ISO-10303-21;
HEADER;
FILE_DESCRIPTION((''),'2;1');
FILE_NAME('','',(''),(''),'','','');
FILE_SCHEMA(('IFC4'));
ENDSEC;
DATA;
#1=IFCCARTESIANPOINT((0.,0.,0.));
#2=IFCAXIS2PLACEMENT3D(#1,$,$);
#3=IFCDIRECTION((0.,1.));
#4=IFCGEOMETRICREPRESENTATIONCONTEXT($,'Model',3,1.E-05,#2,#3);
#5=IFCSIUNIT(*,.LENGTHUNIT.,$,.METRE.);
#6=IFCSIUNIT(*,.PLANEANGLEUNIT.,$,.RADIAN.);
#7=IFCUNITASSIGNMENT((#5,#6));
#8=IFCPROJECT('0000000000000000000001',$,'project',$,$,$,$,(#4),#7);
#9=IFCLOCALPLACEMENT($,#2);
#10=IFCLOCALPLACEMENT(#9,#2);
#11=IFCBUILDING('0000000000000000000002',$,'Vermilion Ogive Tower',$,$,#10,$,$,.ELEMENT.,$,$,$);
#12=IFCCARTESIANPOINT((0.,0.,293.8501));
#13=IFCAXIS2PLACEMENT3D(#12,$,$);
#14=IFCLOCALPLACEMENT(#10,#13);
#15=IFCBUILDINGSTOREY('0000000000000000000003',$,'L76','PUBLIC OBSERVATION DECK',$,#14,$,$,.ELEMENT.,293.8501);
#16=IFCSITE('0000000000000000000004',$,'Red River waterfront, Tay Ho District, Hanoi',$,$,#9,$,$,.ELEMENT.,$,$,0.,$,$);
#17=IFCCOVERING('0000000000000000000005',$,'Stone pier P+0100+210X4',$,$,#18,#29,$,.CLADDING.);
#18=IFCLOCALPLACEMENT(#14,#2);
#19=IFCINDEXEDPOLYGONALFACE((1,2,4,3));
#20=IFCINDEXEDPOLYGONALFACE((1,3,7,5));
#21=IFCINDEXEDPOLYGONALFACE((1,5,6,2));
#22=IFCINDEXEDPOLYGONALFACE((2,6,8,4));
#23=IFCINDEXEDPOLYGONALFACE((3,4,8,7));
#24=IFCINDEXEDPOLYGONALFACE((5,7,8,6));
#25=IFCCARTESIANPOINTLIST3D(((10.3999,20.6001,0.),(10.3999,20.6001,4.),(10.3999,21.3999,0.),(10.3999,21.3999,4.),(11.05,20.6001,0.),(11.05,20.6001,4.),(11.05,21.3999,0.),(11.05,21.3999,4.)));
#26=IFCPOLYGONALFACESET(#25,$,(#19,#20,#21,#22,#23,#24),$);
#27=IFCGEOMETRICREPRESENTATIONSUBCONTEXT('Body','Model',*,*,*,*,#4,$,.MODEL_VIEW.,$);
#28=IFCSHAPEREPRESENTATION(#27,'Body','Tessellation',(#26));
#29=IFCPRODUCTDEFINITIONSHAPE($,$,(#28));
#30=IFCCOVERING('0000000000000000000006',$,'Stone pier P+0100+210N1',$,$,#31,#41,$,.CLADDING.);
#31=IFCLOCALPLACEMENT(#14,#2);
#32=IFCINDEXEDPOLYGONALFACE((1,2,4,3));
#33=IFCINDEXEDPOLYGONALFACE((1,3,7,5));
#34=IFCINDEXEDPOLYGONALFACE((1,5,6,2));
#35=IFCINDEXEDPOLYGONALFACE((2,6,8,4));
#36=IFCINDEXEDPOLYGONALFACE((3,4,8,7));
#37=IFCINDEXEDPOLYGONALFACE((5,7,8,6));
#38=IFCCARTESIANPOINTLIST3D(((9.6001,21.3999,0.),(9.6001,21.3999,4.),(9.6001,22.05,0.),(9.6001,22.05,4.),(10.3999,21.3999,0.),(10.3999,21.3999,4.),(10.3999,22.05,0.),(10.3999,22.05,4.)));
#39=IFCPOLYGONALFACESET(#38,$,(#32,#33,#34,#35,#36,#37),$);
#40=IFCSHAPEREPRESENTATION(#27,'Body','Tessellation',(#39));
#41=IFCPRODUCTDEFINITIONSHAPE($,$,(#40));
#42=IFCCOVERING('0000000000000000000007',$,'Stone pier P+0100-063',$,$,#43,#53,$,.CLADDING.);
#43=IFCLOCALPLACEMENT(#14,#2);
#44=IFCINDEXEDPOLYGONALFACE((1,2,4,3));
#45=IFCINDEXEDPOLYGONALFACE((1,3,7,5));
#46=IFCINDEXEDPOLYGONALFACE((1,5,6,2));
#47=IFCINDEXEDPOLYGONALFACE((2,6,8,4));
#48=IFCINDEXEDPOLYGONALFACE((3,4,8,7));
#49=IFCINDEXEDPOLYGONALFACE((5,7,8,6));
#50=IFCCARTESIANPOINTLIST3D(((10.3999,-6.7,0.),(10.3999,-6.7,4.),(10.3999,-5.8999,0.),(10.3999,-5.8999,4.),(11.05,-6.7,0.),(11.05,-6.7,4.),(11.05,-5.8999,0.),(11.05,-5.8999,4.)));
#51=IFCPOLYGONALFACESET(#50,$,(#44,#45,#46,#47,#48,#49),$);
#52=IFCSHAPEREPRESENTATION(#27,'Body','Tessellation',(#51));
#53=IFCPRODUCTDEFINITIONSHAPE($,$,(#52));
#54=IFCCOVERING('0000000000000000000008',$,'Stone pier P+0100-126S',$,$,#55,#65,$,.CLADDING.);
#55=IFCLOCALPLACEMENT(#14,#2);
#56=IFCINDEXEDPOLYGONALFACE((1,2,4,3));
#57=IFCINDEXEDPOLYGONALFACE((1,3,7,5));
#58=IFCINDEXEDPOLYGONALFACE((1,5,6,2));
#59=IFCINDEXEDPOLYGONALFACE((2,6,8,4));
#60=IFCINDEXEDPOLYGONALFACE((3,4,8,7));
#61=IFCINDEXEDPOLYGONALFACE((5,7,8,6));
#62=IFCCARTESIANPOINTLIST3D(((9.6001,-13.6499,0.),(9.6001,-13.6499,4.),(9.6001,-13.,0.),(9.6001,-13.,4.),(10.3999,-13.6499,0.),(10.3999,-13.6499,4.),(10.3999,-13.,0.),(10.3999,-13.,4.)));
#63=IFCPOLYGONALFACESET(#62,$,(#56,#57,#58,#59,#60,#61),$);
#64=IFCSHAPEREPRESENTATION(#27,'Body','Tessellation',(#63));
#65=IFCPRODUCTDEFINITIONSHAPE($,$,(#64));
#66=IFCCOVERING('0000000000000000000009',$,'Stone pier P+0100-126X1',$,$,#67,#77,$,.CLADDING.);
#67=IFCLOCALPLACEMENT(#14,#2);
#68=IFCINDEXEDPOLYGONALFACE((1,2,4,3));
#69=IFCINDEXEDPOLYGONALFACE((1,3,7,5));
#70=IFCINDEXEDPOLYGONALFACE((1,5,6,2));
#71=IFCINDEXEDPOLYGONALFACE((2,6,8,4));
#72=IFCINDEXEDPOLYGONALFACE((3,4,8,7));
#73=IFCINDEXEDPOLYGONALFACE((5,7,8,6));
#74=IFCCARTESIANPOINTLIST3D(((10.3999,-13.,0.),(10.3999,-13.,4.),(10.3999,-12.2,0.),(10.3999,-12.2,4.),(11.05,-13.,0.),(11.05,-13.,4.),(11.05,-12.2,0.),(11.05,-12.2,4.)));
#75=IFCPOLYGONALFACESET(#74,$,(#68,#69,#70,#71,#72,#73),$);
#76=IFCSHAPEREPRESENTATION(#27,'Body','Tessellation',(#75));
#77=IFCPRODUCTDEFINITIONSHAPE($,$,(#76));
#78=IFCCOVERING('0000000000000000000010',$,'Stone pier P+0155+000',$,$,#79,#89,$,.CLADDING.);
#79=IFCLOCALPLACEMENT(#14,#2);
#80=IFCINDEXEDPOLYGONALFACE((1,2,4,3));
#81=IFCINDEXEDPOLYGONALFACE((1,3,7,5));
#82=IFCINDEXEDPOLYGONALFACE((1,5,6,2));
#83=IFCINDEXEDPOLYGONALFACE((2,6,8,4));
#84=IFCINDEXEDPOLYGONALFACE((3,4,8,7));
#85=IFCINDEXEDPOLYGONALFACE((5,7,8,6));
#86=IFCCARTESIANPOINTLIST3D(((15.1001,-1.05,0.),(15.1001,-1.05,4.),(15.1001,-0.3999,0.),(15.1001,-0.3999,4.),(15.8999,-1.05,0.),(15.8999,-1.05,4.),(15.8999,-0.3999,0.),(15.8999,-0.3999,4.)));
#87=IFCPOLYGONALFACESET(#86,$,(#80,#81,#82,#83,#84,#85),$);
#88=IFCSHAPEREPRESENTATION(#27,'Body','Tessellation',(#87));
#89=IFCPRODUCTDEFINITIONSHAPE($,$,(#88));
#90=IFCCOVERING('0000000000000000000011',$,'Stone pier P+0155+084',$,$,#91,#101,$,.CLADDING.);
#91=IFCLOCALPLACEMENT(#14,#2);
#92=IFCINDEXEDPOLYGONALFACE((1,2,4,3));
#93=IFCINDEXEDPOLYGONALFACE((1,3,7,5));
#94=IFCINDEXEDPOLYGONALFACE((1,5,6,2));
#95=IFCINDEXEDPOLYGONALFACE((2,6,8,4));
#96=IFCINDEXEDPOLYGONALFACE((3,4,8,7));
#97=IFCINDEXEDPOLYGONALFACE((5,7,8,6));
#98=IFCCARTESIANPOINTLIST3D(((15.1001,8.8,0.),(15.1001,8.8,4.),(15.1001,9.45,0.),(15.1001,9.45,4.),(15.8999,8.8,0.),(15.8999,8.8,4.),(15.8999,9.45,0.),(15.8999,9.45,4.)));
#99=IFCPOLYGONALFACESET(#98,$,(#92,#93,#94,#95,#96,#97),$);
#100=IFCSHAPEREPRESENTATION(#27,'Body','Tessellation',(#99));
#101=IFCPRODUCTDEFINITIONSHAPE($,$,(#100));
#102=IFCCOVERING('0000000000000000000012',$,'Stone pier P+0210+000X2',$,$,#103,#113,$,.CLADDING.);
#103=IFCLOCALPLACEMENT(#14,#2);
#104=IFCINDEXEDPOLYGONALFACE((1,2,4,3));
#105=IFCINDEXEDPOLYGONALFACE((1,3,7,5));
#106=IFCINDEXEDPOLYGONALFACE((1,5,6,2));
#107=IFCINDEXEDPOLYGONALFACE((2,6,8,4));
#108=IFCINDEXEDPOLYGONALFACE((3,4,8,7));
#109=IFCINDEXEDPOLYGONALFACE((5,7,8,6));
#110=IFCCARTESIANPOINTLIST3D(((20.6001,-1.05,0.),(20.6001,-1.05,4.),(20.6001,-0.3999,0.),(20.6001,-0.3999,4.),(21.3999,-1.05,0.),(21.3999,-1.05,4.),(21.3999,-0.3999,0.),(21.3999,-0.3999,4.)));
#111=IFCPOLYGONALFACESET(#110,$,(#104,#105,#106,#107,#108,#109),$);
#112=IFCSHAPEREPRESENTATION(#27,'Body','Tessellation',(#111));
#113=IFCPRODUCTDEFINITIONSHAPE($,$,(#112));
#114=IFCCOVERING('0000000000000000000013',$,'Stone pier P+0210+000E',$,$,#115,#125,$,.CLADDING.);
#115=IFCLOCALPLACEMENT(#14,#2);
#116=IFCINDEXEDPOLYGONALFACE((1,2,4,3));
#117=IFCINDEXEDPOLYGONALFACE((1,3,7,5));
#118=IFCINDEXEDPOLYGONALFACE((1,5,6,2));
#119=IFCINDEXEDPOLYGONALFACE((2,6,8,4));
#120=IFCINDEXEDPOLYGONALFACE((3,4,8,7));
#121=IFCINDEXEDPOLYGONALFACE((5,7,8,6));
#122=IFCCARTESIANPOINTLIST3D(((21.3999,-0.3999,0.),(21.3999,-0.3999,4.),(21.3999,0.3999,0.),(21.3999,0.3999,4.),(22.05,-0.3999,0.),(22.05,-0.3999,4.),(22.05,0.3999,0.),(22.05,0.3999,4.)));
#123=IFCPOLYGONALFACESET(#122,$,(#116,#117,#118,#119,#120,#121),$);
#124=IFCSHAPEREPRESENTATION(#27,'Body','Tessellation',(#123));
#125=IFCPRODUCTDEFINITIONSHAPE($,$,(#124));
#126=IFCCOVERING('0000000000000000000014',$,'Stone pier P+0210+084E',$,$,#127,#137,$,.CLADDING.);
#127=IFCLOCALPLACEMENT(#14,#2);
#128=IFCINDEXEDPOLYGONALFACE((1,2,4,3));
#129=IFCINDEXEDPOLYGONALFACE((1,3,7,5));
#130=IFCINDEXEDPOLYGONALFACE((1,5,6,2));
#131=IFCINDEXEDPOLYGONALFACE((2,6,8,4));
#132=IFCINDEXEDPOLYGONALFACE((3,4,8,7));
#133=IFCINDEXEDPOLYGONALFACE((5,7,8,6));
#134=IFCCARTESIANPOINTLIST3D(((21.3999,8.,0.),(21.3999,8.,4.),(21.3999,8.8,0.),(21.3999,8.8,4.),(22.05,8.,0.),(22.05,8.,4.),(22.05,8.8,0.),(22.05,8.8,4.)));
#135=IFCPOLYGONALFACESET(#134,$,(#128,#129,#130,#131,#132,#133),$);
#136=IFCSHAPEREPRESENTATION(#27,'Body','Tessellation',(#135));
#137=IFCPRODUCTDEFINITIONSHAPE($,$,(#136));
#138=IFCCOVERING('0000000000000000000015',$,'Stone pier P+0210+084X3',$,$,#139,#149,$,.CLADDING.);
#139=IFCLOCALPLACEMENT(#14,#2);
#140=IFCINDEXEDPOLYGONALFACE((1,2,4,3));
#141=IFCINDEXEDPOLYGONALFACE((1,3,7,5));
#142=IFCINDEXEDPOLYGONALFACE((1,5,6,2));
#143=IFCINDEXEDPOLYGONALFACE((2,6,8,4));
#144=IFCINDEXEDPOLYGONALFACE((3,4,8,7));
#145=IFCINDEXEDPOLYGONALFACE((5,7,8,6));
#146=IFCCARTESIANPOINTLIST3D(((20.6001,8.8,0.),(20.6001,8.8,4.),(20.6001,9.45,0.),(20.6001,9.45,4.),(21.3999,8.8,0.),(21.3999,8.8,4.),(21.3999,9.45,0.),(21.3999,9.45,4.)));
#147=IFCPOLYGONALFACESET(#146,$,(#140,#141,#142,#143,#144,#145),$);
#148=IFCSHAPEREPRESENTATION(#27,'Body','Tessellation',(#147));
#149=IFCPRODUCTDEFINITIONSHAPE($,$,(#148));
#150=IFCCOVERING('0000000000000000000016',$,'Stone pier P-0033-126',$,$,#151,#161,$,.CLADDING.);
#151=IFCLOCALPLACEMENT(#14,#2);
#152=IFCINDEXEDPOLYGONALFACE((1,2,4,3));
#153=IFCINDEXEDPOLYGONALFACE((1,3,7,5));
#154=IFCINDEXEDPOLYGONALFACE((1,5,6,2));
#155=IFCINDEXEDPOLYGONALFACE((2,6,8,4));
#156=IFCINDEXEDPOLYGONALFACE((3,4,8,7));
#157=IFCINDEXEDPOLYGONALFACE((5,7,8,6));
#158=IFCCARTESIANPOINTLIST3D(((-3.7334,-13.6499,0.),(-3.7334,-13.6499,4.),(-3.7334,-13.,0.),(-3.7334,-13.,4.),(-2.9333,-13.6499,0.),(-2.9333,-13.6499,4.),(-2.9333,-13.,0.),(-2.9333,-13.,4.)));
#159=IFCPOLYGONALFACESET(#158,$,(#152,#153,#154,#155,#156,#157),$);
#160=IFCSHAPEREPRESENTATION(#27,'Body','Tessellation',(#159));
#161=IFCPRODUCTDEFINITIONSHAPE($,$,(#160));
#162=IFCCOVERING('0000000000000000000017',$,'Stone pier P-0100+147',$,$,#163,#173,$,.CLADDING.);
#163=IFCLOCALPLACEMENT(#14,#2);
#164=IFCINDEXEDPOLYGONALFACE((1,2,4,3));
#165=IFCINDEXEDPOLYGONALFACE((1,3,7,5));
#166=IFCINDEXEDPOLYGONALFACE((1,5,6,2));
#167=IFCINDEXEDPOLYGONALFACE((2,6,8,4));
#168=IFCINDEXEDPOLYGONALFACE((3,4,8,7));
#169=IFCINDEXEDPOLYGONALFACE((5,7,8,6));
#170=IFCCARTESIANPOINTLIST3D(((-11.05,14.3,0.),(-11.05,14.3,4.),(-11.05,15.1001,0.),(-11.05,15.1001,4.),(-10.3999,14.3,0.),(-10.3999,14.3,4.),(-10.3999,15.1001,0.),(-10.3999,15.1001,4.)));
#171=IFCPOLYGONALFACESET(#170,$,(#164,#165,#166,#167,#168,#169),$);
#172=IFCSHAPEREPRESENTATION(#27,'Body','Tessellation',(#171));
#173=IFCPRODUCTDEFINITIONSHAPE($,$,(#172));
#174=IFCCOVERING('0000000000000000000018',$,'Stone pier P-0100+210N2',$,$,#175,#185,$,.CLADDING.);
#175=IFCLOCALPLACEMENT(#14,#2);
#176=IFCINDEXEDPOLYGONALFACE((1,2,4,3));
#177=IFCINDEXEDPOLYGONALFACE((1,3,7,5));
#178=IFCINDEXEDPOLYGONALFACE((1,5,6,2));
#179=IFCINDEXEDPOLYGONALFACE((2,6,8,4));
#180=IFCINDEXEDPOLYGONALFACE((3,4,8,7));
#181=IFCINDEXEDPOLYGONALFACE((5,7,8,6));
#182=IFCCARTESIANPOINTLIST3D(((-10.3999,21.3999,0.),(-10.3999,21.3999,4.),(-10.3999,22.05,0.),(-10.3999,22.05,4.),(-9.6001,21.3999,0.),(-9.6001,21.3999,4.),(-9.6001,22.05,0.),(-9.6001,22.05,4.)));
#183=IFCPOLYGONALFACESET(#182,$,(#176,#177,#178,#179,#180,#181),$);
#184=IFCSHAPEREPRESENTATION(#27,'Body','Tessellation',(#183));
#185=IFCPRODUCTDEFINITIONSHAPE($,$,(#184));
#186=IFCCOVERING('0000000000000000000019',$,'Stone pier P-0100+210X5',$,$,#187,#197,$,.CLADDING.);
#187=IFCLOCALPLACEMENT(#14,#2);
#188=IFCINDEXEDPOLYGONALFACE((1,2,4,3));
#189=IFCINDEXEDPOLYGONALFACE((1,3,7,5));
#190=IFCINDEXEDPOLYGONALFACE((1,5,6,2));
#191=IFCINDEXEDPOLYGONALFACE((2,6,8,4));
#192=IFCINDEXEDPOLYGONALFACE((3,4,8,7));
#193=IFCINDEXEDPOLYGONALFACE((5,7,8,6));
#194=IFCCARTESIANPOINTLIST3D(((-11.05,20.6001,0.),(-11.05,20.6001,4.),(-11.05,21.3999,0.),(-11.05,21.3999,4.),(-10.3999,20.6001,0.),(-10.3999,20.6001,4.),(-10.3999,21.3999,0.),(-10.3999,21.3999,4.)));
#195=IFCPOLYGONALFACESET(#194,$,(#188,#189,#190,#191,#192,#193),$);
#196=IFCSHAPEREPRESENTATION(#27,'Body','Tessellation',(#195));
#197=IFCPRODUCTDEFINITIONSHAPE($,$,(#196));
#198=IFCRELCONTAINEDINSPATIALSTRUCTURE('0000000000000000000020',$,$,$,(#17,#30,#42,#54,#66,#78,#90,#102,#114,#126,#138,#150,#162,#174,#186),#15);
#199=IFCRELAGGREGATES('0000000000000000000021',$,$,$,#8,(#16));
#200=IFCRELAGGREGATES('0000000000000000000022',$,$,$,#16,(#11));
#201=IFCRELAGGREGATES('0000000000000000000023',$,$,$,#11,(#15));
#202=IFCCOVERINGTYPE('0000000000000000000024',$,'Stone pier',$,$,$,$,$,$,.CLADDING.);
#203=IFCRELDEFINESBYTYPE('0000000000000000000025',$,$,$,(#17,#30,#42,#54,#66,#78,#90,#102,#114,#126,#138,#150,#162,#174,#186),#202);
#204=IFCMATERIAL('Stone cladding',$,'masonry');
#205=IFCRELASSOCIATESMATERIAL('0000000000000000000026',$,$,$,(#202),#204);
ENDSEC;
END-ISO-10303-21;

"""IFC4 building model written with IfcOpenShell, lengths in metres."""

from ifc_helpers import new_model, si_unit, direction, frame, origin, place, context, subcontext, project, spatial, polyline, outline, extrude, material, type_object, element, save


model = new_model("IFC4")

# Units and contexts
model_context = context("Model", 3, precision=1e-05, world=origin(), true_north=direction((0.0, 1.0)))
body_context = subcontext(model_context, "Body", "Model", "MODEL_VIEW")
ifc_project = project(units=[si_unit("LENGTHUNIT", "METRE"), si_unit("PLANEANGLEUNIT", "RADIAN")], contexts=[model_context])

# Site, building, storey
site_placement = place(None, origin())
site = spatial("IfcSite", under=ifc_project, at=site_placement, Name="Red River waterfront, Tay Ho District, Hanoi", CompositionType="ELEMENT", RefElevation=0.0)
building_placement = place(site_placement, origin())
building = spatial("IfcBuilding", under=site, at=building_placement, Name="Vermilion Ogive Tower", CompositionType="ELEMENT")
storey_placement = place(building_placement, frame((0.0, 0.0, 293.8501)))
storey = spatial("IfcBuildingStorey", under=building, at=storey_placement, Name="L76", Description="PUBLIC OBSERVATION DECK", CompositionType="ELEMENT", Elevation=293.8501)

# Coverings
ifc_material_1 = material(Name="Stone cladding", Category="masonry")
covering_type = type_object("IfcCoveringType", Name="Stone pier", PredefinedType="CLADDING", material=ifc_material_1)
covering_1_placement = place(storey_placement, origin())
element("IfcCovering", 1, at=covering_1_placement, inside=storey, type_object=covering_type, Name="Stone pier P+0100+210X4", PredefinedType="CLADDING", context=body_context, shape_type="SweptSolid", body=[
    extrude(outline(polyline([(11.05, 21.3999), (11.05, 20.6001), (10.3999, 20.6001), (10.3999, 21.3999), (11.05, 21.3999)])), origin(), (0.0, 0.0, 1.0), 4.0),
])
covering_2_placement = place(storey_placement, origin())
element("IfcCovering", 2, at=covering_2_placement, inside=storey, type_object=covering_type, Name="Stone pier P+0100+210N1", PredefinedType="CLADDING", context=body_context, shape_type="SweptSolid", body=[
    extrude(outline(polyline([(10.3999, 22.05), (10.3999, 21.3999), (9.6001, 21.3999), (9.6001, 22.05), (10.3999, 22.05)])), origin(), (0.0, 0.0, 1.0), 4.0),
])
covering_3_placement = place(storey_placement, origin())
element("IfcCovering", 3, at=covering_3_placement, inside=storey, type_object=covering_type, Name="Stone pier P+0100-063", PredefinedType="CLADDING", context=body_context, shape_type="SweptSolid", body=[
    extrude(outline(polyline([(11.05, -5.8999), (11.05, -6.7), (10.3999, -6.7), (10.3999, -5.8999), (11.05, -5.8999)])), origin(), (0.0, 0.0, 1.0), 4.0),
])
covering_4_placement = place(storey_placement, origin())
element("IfcCovering", 4, at=covering_4_placement, inside=storey, type_object=covering_type, Name="Stone pier P+0100-126S", PredefinedType="CLADDING", context=body_context, shape_type="SweptSolid", body=[
    extrude(outline(polyline([(10.3999, -13.6499), (9.6001, -13.6499), (9.6001, -13.0), (10.3999, -13.0), (10.3999, -13.6499)])), origin(), (0.0, 0.0, 1.0), 4.0),
])
covering_5_placement = place(storey_placement, origin())
element("IfcCovering", 5, at=covering_5_placement, inside=storey, type_object=covering_type, Name="Stone pier P+0100-126X1", PredefinedType="CLADDING", context=body_context, shape_type="SweptSolid", body=[
    extrude(outline(polyline([(11.05, -13.0), (10.3999, -13.0), (10.3999, -12.2), (11.05, -12.2), (11.05, -13.0)])), origin(), (0.0, 0.0, 1.0), 4.0),
])
covering_6_placement = place(storey_placement, origin())
element("IfcCovering", 6, at=covering_6_placement, inside=storey, type_object=covering_type, Name="Stone pier P+0155+000", PredefinedType="CLADDING", context=body_context, shape_type="SweptSolid", body=[
    extrude(outline(polyline([(15.8999, -1.05), (15.1001, -1.05), (15.1001, -0.3999), (15.8999, -0.3999), (15.8999, -1.05)])), origin(), (0.0, 0.0, 1.0), 4.0),
])
covering_7_placement = place(storey_placement, origin())
element("IfcCovering", 7, at=covering_7_placement, inside=storey, type_object=covering_type, Name="Stone pier P+0155+084", PredefinedType="CLADDING", context=body_context, shape_type="SweptSolid", body=[
    extrude(outline(polyline([(15.1001, 9.45), (15.8999, 9.45), (15.8999, 8.8), (15.1001, 8.8), (15.1001, 9.45)])), origin(), (0.0, 0.0, 1.0), 4.0),
])
covering_8_placement = place(storey_placement, origin())
element("IfcCovering", 8, at=covering_8_placement, inside=storey, type_object=covering_type, Name="Stone pier P+0210+000X2", PredefinedType="CLADDING", context=body_context, shape_type="SweptSolid", body=[
    extrude(outline(polyline([(21.3999, -1.05), (20.6001, -1.05), (20.6001, -0.3999), (21.3999, -0.3999), (21.3999, -1.05)])), origin(), (0.0, 0.0, 1.0), 4.0),
])
covering_9_placement = place(storey_placement, origin())
element("IfcCovering", 9, at=covering_9_placement, inside=storey, type_object=covering_type, Name="Stone pier P+0210+000E", PredefinedType="CLADDING", context=body_context, shape_type="SweptSolid", body=[
    extrude(outline(polyline([(22.05, -0.3999), (21.3999, -0.3999), (21.3999, 0.3999), (22.05, 0.3999), (22.05, -0.3999)])), origin(), (0.0, 0.0, 1.0), 4.0),
])
covering_10_placement = place(storey_placement, origin())
element("IfcCovering", 10, at=covering_10_placement, inside=storey, type_object=covering_type, Name="Stone pier P+0210+084E", PredefinedType="CLADDING", context=body_context, shape_type="SweptSolid", body=[
    extrude(outline(polyline([(22.05, 8.8), (22.05, 8.0), (21.3999, 8.0), (21.3999, 8.8), (22.05, 8.8)])), origin(), (0.0, 0.0, 1.0), 4.0),
])
covering_11_placement = place(storey_placement, origin())
element("IfcCovering", 11, at=covering_11_placement, inside=storey, type_object=covering_type, Name="Stone pier P+0210+084X3", PredefinedType="CLADDING", context=body_context, shape_type="SweptSolid", body=[
    extrude(outline(polyline([(21.3999, 9.45), (21.3999, 8.8), (20.6001, 8.8), (20.6001, 9.45), (21.3999, 9.45)])), origin(), (0.0, 0.0, 1.0), 4.0),
])
covering_12_placement = place(storey_placement, origin())
element("IfcCovering", 12, at=covering_12_placement, inside=storey, type_object=covering_type, Name="Stone pier P-0033-126", PredefinedType="CLADDING", context=body_context, shape_type="SweptSolid", body=[
    extrude(outline(polyline([(-2.9333, -13.0), (-2.9333, -13.6499), (-3.7334, -13.6499), (-3.7334, -13.0), (-2.9333, -13.0), (-2.9333, -13.0)])), origin(), (0.0, 0.0, 1.0), 4.0),
])
covering_13_placement = place(storey_placement, origin())
element("IfcCovering", 13, at=covering_13_placement, inside=storey, type_object=covering_type, Name="Stone pier P-0100+147", PredefinedType="CLADDING", context=body_context, shape_type="SweptSolid", body=[
    extrude(outline(polyline([(-11.05, 14.3), (-11.05, 15.1001), (-10.3999, 15.1001), (-10.3999, 14.3), (-11.05, 14.3)])), origin(), (0.0, 0.0, 1.0), 4.0),
])
covering_14_placement = place(storey_placement, origin())
element("IfcCovering", 14, at=covering_14_placement, inside=storey, type_object=covering_type, Name="Stone pier P-0100+210N2", PredefinedType="CLADDING", context=body_context, shape_type="SweptSolid", body=[
    extrude(outline(polyline([(-10.3999, 22.05), (-9.6001, 22.05), (-9.6001, 21.3999), (-10.3999, 21.3999), (-10.3999, 22.05)])), origin(), (0.0, 0.0, 1.0), 4.0),
])
covering_15_placement = place(storey_placement, origin())
element("IfcCovering", 15, at=covering_15_placement, inside=storey, type_object=covering_type, Name="Stone pier P-0100+210X5", PredefinedType="CLADDING", context=body_context, shape_type="SweptSolid", body=[
    extrude(outline(polyline([(-11.05, 21.3999), (-10.3999, 21.3999), (-10.3999, 20.6001), (-11.05, 20.6001), (-11.05, 21.3999)])), origin(), (0.0, 0.0, 1.0), 4.0),
])

save(model, "model.ifc")
